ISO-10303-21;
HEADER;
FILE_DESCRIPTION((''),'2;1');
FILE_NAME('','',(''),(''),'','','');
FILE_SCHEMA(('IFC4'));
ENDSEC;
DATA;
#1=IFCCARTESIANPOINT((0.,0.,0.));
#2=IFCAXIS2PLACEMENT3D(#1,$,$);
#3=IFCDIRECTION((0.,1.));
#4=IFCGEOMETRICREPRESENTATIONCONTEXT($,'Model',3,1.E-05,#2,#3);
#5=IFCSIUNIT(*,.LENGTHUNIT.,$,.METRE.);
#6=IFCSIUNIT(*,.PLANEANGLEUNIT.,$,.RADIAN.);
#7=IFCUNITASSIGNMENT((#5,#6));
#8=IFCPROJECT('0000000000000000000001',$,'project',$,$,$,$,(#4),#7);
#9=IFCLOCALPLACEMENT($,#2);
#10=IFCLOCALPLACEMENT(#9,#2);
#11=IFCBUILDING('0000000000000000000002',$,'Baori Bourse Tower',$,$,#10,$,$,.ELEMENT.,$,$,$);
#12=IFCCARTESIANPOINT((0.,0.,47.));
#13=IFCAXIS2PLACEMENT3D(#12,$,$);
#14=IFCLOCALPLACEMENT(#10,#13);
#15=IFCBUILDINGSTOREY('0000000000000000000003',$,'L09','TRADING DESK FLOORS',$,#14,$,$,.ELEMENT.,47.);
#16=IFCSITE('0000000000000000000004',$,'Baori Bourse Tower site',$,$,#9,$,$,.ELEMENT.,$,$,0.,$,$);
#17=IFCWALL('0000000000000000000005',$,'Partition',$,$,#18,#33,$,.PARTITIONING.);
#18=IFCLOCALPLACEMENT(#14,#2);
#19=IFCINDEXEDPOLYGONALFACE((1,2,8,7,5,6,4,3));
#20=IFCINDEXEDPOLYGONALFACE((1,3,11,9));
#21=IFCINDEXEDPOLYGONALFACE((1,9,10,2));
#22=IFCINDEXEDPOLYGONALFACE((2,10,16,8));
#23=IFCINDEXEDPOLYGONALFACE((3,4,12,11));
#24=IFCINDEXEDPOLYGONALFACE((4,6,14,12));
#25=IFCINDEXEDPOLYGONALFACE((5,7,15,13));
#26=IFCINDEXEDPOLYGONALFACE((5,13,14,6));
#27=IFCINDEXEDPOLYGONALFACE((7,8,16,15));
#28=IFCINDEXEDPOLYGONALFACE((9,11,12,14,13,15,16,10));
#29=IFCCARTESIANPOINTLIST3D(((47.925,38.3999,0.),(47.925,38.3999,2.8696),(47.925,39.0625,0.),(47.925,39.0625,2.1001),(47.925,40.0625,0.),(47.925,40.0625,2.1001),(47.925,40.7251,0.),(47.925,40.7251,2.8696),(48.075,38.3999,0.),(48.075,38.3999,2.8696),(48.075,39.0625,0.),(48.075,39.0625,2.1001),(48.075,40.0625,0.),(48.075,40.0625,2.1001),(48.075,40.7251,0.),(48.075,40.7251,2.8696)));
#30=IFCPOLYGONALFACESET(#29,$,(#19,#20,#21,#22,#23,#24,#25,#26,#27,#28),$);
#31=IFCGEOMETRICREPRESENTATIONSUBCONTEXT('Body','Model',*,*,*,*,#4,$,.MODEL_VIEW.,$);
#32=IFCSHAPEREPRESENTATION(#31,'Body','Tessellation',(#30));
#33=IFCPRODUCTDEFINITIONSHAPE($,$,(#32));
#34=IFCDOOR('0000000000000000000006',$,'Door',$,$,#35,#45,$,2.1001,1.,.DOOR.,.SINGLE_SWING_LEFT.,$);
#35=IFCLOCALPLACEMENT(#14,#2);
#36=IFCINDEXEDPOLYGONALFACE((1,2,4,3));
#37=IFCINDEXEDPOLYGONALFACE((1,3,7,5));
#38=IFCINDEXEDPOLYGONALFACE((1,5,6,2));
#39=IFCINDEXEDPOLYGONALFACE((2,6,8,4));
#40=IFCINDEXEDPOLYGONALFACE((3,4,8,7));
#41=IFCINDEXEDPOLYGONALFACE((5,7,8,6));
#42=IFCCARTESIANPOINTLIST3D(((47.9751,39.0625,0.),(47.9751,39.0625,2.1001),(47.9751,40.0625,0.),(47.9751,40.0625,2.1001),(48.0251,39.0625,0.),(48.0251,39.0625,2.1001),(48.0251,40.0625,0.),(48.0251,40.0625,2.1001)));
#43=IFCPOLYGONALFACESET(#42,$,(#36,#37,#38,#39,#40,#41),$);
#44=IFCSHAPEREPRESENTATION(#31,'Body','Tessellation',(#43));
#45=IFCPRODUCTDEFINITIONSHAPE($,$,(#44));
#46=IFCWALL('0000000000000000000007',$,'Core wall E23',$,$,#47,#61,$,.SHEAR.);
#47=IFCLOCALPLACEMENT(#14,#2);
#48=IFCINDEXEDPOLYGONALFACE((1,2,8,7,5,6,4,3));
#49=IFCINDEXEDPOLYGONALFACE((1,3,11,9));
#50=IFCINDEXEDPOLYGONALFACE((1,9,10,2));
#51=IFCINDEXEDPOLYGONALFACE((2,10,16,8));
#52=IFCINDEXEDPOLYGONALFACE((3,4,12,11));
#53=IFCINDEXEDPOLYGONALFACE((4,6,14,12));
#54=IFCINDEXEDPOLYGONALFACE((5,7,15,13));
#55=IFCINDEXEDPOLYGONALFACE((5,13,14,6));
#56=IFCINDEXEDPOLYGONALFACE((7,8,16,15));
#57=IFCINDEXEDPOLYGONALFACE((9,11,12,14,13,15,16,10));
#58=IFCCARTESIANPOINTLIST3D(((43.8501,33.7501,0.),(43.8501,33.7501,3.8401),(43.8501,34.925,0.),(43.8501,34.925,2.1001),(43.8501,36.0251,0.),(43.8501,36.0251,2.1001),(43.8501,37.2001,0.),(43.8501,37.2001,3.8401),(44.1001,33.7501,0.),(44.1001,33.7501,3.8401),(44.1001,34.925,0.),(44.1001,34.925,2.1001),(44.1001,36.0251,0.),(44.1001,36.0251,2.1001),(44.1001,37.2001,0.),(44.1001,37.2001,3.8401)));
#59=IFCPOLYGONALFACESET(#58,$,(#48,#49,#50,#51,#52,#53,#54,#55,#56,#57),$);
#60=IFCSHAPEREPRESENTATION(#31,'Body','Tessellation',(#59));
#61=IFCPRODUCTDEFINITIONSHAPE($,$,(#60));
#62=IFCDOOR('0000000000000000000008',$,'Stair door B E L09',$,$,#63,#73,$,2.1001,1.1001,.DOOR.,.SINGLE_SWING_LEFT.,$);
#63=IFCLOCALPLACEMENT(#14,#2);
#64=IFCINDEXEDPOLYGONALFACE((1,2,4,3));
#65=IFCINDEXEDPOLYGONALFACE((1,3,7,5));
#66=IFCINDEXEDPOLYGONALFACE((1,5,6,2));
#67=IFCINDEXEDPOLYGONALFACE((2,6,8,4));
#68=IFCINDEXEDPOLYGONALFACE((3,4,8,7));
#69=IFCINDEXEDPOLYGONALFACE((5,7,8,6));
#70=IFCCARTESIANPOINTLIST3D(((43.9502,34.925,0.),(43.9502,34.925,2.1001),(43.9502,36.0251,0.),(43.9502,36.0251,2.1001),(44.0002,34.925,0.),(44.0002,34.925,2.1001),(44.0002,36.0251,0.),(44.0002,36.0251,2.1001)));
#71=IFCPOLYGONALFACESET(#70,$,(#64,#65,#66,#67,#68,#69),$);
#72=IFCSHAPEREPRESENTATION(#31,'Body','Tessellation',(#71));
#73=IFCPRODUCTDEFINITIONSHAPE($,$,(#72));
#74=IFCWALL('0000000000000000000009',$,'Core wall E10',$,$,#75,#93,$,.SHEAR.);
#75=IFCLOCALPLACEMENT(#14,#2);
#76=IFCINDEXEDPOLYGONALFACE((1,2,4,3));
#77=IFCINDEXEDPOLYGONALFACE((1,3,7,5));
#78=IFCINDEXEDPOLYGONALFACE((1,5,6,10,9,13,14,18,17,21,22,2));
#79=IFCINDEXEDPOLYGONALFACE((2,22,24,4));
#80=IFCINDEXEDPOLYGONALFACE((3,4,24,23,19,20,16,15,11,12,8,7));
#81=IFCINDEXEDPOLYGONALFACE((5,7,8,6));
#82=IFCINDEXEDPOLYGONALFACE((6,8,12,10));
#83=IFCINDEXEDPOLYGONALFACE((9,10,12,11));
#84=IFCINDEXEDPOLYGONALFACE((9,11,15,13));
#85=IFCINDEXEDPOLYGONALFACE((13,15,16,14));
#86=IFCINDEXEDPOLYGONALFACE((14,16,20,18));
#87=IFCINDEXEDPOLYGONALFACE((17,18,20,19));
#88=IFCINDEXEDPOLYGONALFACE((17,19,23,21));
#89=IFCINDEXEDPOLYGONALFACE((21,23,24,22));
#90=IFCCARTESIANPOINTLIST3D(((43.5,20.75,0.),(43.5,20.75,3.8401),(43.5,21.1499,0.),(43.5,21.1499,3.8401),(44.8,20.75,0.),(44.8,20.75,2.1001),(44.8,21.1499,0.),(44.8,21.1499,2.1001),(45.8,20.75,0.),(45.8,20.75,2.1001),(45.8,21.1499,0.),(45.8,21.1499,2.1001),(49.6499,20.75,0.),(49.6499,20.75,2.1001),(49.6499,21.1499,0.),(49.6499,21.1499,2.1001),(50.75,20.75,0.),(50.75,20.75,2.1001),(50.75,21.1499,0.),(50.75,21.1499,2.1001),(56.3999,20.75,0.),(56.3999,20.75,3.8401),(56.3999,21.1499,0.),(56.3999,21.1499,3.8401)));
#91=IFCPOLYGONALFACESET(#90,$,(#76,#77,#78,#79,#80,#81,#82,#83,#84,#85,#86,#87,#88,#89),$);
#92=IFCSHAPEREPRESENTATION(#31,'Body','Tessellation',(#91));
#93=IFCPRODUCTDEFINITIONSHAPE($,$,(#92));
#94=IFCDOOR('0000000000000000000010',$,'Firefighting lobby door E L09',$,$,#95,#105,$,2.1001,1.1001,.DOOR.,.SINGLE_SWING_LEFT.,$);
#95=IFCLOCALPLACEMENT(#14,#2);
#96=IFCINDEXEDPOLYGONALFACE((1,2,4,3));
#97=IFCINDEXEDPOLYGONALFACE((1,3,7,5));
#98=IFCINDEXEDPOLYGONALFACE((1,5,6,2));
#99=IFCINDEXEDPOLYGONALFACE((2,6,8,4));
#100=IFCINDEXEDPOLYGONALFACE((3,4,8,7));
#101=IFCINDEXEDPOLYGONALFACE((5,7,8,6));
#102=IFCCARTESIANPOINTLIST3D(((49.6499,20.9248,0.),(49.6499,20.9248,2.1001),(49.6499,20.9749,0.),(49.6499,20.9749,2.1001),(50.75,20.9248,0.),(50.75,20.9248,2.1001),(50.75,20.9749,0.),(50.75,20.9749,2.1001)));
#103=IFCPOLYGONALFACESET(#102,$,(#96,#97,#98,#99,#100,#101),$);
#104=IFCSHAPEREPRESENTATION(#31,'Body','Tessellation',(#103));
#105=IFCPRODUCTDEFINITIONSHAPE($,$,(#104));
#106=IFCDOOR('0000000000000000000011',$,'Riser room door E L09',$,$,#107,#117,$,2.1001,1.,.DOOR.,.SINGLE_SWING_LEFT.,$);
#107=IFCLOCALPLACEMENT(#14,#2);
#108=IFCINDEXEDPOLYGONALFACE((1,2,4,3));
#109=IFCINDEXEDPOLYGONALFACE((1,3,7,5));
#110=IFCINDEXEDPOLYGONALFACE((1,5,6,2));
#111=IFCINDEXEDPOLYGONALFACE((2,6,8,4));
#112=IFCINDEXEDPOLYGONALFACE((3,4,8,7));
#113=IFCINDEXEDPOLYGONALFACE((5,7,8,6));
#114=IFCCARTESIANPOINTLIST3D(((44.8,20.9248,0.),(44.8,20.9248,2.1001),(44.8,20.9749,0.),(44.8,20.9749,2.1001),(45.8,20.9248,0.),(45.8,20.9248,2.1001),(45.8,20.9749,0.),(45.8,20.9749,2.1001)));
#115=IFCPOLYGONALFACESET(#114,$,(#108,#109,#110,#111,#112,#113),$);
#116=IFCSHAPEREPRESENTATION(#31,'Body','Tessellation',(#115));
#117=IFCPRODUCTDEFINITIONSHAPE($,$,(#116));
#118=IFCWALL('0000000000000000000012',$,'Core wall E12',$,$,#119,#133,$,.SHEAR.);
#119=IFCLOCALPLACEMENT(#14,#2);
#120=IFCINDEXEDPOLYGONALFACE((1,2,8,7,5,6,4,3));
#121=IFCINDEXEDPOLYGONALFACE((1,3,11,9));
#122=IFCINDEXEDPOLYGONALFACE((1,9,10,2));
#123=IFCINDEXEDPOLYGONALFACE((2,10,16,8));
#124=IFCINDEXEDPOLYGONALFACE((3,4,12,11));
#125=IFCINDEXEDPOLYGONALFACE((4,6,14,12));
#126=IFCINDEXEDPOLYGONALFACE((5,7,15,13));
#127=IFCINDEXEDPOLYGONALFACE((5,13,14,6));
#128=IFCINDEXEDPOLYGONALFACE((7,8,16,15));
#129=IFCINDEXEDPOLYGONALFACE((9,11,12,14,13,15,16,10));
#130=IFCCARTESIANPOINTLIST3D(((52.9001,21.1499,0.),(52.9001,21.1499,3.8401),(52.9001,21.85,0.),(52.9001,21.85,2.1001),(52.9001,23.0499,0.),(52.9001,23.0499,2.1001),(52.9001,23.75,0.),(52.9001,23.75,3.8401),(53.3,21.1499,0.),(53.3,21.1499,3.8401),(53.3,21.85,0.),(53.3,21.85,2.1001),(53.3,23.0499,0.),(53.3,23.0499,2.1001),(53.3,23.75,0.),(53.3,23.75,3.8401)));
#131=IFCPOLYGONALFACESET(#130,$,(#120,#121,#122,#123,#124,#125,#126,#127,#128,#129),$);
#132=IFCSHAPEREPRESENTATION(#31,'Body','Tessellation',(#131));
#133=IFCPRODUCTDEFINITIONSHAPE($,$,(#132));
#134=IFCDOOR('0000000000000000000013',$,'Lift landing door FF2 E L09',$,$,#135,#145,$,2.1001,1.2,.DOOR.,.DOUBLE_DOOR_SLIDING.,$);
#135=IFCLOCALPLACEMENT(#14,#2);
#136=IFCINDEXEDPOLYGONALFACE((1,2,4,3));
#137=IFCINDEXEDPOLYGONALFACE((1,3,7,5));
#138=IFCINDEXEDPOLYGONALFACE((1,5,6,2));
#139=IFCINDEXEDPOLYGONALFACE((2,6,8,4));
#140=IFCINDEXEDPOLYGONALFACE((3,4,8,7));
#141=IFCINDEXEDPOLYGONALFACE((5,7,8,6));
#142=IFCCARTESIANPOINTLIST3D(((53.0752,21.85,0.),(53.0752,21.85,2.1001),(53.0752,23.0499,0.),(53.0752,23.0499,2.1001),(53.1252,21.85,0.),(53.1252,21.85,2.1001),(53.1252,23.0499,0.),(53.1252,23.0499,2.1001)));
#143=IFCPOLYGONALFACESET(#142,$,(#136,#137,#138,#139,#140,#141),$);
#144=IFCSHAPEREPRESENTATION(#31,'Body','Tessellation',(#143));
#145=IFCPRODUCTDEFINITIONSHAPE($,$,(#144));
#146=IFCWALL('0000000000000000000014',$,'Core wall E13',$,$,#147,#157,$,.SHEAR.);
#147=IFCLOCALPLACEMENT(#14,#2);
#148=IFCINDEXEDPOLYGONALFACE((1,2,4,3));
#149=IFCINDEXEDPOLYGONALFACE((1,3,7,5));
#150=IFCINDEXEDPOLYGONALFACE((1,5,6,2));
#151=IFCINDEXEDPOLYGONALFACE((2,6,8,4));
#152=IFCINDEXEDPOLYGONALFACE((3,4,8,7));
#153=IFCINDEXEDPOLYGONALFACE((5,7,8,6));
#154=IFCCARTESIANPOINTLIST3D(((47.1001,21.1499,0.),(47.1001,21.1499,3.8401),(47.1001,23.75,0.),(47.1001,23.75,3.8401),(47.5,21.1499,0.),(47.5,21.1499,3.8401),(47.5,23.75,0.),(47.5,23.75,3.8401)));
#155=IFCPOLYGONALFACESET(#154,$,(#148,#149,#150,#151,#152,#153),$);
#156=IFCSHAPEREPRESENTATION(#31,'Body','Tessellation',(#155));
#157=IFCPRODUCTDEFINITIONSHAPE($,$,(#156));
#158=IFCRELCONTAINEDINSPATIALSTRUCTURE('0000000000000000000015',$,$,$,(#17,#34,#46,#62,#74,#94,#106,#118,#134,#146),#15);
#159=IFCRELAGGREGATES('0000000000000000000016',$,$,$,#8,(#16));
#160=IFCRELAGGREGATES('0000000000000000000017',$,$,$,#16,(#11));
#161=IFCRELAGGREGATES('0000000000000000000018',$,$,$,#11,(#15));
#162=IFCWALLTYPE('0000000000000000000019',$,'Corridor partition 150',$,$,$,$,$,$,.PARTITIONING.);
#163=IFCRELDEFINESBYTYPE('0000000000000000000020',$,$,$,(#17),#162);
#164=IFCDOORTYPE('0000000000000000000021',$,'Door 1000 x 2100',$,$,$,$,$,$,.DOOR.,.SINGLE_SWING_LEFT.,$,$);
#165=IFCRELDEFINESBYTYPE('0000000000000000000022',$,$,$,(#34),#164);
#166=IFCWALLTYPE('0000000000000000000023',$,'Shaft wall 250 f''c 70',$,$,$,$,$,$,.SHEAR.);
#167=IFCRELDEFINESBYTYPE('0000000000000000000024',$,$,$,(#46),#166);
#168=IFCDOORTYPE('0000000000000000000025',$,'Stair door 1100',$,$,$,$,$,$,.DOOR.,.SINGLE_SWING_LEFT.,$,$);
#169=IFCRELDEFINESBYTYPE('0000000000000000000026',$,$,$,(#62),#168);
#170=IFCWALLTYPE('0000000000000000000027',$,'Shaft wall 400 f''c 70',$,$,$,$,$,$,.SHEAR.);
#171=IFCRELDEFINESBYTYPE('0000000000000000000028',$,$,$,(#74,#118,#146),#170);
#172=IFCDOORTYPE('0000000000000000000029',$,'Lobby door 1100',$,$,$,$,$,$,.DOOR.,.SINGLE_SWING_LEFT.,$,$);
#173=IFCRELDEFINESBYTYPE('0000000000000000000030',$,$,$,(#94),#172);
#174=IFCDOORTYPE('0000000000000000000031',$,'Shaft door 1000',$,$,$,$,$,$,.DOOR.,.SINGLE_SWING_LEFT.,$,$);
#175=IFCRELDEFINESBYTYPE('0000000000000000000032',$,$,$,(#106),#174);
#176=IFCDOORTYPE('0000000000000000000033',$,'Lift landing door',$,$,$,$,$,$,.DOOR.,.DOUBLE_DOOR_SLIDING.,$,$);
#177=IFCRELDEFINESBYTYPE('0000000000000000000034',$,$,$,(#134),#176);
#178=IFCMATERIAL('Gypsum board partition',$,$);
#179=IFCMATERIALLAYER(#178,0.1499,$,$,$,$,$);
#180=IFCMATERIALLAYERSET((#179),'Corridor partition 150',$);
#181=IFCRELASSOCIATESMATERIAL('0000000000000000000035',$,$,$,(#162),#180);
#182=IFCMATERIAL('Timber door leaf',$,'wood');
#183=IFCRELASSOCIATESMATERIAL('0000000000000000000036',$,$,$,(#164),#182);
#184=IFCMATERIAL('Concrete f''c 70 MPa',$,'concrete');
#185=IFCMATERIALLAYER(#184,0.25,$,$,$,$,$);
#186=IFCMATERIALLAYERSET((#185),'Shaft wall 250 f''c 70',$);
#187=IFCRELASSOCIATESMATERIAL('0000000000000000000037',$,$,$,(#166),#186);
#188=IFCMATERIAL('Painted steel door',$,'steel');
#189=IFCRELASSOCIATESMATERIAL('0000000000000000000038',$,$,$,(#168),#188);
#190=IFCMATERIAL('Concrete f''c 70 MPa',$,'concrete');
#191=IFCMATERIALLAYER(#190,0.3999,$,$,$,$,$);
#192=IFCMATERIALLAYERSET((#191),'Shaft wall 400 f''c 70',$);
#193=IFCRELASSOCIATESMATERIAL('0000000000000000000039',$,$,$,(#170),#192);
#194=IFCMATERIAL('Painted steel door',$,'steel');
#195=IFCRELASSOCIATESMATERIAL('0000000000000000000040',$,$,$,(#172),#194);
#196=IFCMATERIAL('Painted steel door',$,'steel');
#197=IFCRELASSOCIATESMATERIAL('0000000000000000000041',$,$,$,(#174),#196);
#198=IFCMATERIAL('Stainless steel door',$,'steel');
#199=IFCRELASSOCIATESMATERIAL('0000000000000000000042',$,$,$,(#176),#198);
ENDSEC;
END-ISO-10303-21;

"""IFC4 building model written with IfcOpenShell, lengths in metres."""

from ifc_helpers import new_model, si_unit, direction, frame, frame_2d, origin, place, context, subcontext, project, spatial, rectangle, extrude, material, layer, layer_set, type_object, element, fill, save


model = new_model("IFC4")

# Units and contexts
model_context = context("Model", 3, precision=1e-05, world=origin(), true_north=direction((0.0, 1.0)))
body_context = subcontext(model_context, "Body", "Model", "MODEL_VIEW")
ifc_project = project(units=[si_unit("LENGTHUNIT", "METRE"), si_unit("PLANEANGLEUNIT", "RADIAN")], contexts=[model_context])

# Site, building, storey
site_placement = place(None, origin())
site = spatial("IfcSite", under=ifc_project, at=site_placement, Name="Baori Bourse Tower site", CompositionType="ELEMENT", RefElevation=0.0)
building_placement = place(site_placement, origin())
building = spatial("IfcBuilding", under=site, at=building_placement, Name="Baori Bourse Tower", CompositionType="ELEMENT")
storey_placement = place(building_placement, frame((0.0, 0.0, 47.0)))
storey = spatial("IfcBuildingStorey", under=building, at=storey_placement, Name="L09", Description="TRADING DESK FLOORS", CompositionType="ELEMENT", Elevation=47.0)

# Walls, openings, doors
ifc_material_1 = material(Name="Gypsum board partition")
ifc_layer_1 = layer(ifc_material_1, 0.1499)
ifc_layer_set_1 = layer_set([ifc_layer_1], Name="Corridor partition 150")
wall_type_1 = type_object("IfcWallType", Name="Corridor partition 150", PredefinedType="PARTITIONING", material=ifc_layer_set_1)
wall_1_placement = place(storey_placement, frame((48.0, 38.3999, 0.0), z_axis=(0.0, 0.0, 1.0), x_axis=(0.0, 1.0, 0.0)))
wall_1 = element("IfcWall", 1, at=wall_1_placement, inside=storey, type_object=wall_type_1, Name="Partition", PredefinedType="PARTITIONING", context=body_context, shape_type="SweptSolid", body=[
    extrude(rectangle(XDim=2.3252, YDim=0.1499, at=frame_2d((1.1626, 0.0))), origin(), (0.0, 0.0, 1.0), 2.8696),
])
opening_1_placement = place(wall_1_placement, frame((0.6626, 0.0, 0.0)))
opening_1 = element("IfcOpeningElement", 2, at=opening_1_placement, cuts=wall_1, PredefinedType="OPENING", context=body_context, shape_type="SweptSolid", body=[
    extrude(rectangle(XDim=1.0, YDim=2.1001, at=frame_2d((0.5, 1.05))), frame((0.0, 0.085, 0.0), z_axis=(0.0, -1.0, 0.0), x_axis=(1.0, 0.0, 0.0)), (0.0, 0.0, 1.0), 0.1699),
])
ifc_material_2 = material(Name="Timber door leaf", Category="wood")
door_type_1 = type_object("IfcDoorType", Name="Door 1000 x 2100", OperationType="SINGLE_SWING_LEFT", PredefinedType="DOOR", material=ifc_material_2)
door_1_placement = place(opening_1_placement, origin())
door_1 = element("IfcDoor", 3, at=door_1_placement, inside=storey, type_object=door_type_1, Name="Door", OperationType="SINGLE_SWING_LEFT", OverallHeight=2.1001, OverallWidth=1.0, PredefinedType="DOOR", context=body_context, shape_type="SweptSolid", body=[
    extrude(rectangle(XDim=1.0, YDim=2.1001, at=frame_2d((0.5, 1.05))), frame((0.0, 0.0249, 0.0), z_axis=(0.0, -1.0, 0.0), x_axis=(1.0, 0.0, 0.0)), (0.0, 0.0, 1.0), 0.05),
])
fill(opening_1, door_1)
ifc_material_3 = material(Name="Concrete f'c 70 MPa", Category="concrete")
ifc_layer_2 = layer(ifc_material_3, 0.25)
ifc_layer_set_2 = layer_set([ifc_layer_2], Name="Shaft wall 250 f'c 70")
wall_type_2 = type_object("IfcWallType", Name="Shaft wall 250 f'c 70", PredefinedType="SHEAR", material=ifc_layer_set_2)
wall_2_placement = place(storey_placement, frame((43.9751, 33.75, 0.0), z_axis=(0.0, 0.0, 1.0), x_axis=(0.0, 1.0, 0.0)))
wall_2 = element("IfcWall", 4, at=wall_2_placement, inside=storey, type_object=wall_type_2, Name="Core wall E23", PredefinedType="SHEAR", context=body_context, shape_type="SweptSolid", body=[
    extrude(rectangle(XDim=3.45, YDim=0.25, at=frame_2d((1.7251, 0.0))), origin(), (0.0, 0.0, 1.0), 3.8401),
])
opening_2_placement = place(wall_2_placement, frame((1.175, 0.0, 0.0)))
opening_2 = element("IfcOpeningElement", 5, at=opening_2_placement, cuts=wall_2, PredefinedType="OPENING", context=body_context, shape_type="SweptSolid", body=[
    extrude(rectangle(XDim=1.1001, YDim=2.1001, at=frame_2d((0.55, 1.05))), frame((0.0, 0.135, 0.0), z_axis=(0.0, -1.0, 0.0), x_axis=(1.0, 0.0, 0.0)), (0.0, 0.0, 1.0), 0.27),
])
ifc_material_4 = material(Name="Painted steel door", Category="steel")
door_type_2 = type_object("IfcDoorType", Name="Stair door 1100", OperationType="SINGLE_SWING_LEFT", PredefinedType="DOOR", material=ifc_material_4)
door_2_placement = place(opening_2_placement, origin())
door_2 = element("IfcDoor", 6, at=door_2_placement, inside=storey, type_object=door_type_2, Name="Stair door B E L09", OperationType="SINGLE_SWING_LEFT", OverallHeight=2.1001, OverallWidth=1.1001, PredefinedType="DOOR", context=body_context, shape_type="SweptSolid", body=[
    extrude(rectangle(XDim=1.1001, YDim=2.1001, at=frame_2d((0.55, 1.05))), frame((0.0, 0.0249, 0.0), z_axis=(0.0, -1.0, 0.0), x_axis=(1.0, 0.0, 0.0)), (0.0, 0.0, 1.0), 0.05),
])
fill(opening_2, door_2)

# Wall, openings, doors
ifc_material_5 = material(Name="Concrete f'c 70 MPa", Category="concrete")
ifc_layer_3 = layer(ifc_material_5, 0.3999)
ifc_layer_set_3 = layer_set([ifc_layer_3], Name="Shaft wall 400 f'c 70")
wall_type_3 = type_object("IfcWallType", Name="Shaft wall 400 f'c 70", PredefinedType="SHEAR", material=ifc_layer_set_3)
wall_3_placement = place(storey_placement, frame((43.5, 20.95, 0.0), z_axis=(0.0, 0.0, 1.0), x_axis=(1.0, 0.0, 0.0)))
wall_3 = element("IfcWall", 7, at=wall_3_placement, inside=storey, type_object=wall_type_3, Name="Core wall E10", PredefinedType="SHEAR", context=body_context, shape_type="SweptSolid", body=[
    extrude(rectangle(XDim=12.8999, YDim=0.3999, at=frame_2d((6.45, 0.0))), origin(), (0.0, 0.0, 1.0), 3.8401),
])
opening_3_placement = place(wall_3_placement, frame((6.1499, 0.0, 0.0)))
opening_3 = element("IfcOpeningElement", 8, at=opening_3_placement, cuts=wall_3, PredefinedType="OPENING", context=body_context, shape_type="SweptSolid", body=[
    extrude(rectangle(XDim=1.1001, YDim=2.1001, at=frame_2d((0.55, 1.05))), frame((0.0, 0.21, 0.0), z_axis=(0.0, -1.0, 0.0), x_axis=(1.0, 0.0, 0.0)), (0.0, 0.0, 1.0), 0.4199),
])
opening_4_placement = place(wall_3_placement, frame((1.3, 0.0, 0.0)))
opening_4 = element("IfcOpeningElement", 9, at=opening_4_placement, cuts=wall_3, PredefinedType="OPENING", context=body_context, shape_type="SweptSolid", body=[
    extrude(rectangle(XDim=1.0, YDim=2.1001, at=frame_2d((0.5, 1.05))), frame((0.0, 0.21, 0.0), z_axis=(0.0, -1.0, 0.0), x_axis=(1.0, 0.0, 0.0)), (0.0, 0.0, 1.0), 0.4199),
])
ifc_material_6 = material(Name="Painted steel door", Category="steel")
door_type_3 = type_object("IfcDoorType", Name="Lobby door 1100", OperationType="SINGLE_SWING_LEFT", PredefinedType="DOOR", material=ifc_material_6)
door_3_placement = place(opening_3_placement, origin())
door_3 = element("IfcDoor", 10, at=door_3_placement, inside=storey, type_object=door_type_3, Name="Firefighting lobby door E L09", OperationType="SINGLE_SWING_LEFT", OverallHeight=2.1001, OverallWidth=1.1001, PredefinedType="DOOR", context=body_context, shape_type="SweptSolid", body=[
    extrude(rectangle(XDim=1.1001, YDim=2.1001, at=frame_2d((0.55, 1.05))), frame((0.0, 0.0249, 0.0), z_axis=(0.0, -1.0, 0.0), x_axis=(1.0, 0.0, 0.0)), (0.0, 0.0, 1.0), 0.05),
])
fill(opening_3, door_3)
ifc_material_7 = material(Name="Painted steel door", Category="steel")
door_type_4 = type_object("IfcDoorType", Name="Shaft door 1000", OperationType="SINGLE_SWING_LEFT", PredefinedType="DOOR", material=ifc_material_7)
door_4_placement = place(opening_4_placement, origin())
door_4 = element("IfcDoor", 11, at=door_4_placement, inside=storey, type_object=door_type_4, Name="Riser room door E L09", OperationType="SINGLE_SWING_LEFT", OverallHeight=2.1001, OverallWidth=1.0, PredefinedType="DOOR", context=body_context, shape_type="SweptSolid", body=[
    extrude(rectangle(XDim=1.0, YDim=2.1001, at=frame_2d((0.5, 1.05))), frame((0.0, 0.0249, 0.0), z_axis=(0.0, -1.0, 0.0), x_axis=(1.0, 0.0, 0.0)), (0.0, 0.0, 1.0), 0.05),
])
fill(opening_4, door_4)

# Wall, opening, door
wall_4_placement = place(storey_placement, frame((53.1001, 21.1499, 0.0), z_axis=(0.0, 0.0, 1.0), x_axis=(0.0, 1.0, 0.0)))
wall_4 = element("IfcWall", 12, at=wall_4_placement, inside=storey, type_object=wall_type_3, Name="Core wall E12", PredefinedType="SHEAR", context=body_context, shape_type="SweptSolid", body=[
    extrude(rectangle(XDim=2.6001, YDim=0.3999, at=frame_2d((1.3, 0.0))), origin(), (0.0, 0.0, 1.0), 3.8401),
])
opening_5_placement = place(wall_4_placement, frame((0.7, 0.0, 0.0)))
opening_5 = element("IfcOpeningElement", 13, at=opening_5_placement, cuts=wall_4, PredefinedType="OPENING", context=body_context, shape_type="SweptSolid", body=[
    extrude(rectangle(XDim=1.2, YDim=2.1001, at=frame_2d((0.6001, 1.05))), frame((0.0, 0.21, 0.0), z_axis=(0.0, -1.0, 0.0), x_axis=(1.0, 0.0, 0.0)), (0.0, 0.0, 1.0), 0.4199),
])
ifc_material_8 = material(Name="Stainless steel door", Category="steel")
door_type_5 = type_object("IfcDoorType", Name="Lift landing door", OperationType="DOUBLE_DOOR_SLIDING", PredefinedType="DOOR", material=ifc_material_8)
door_5_placement = place(opening_5_placement, origin())
door_5 = element("IfcDoor", 14, at=door_5_placement, inside=storey, type_object=door_type_5, Name="Lift landing door FF2 E L09", OperationType="DOUBLE_DOOR_SLIDING", OverallHeight=2.1001, OverallWidth=1.2, PredefinedType="DOOR", context=body_context, shape_type="SweptSolid", body=[
    extrude(rectangle(XDim=1.2, YDim=2.1001, at=frame_2d((0.6001, 1.05))), frame((0.0, 0.0249, 0.0), z_axis=(0.0, -1.0, 0.0), x_axis=(1.0, 0.0, 0.0)), (0.0, 0.0, 1.0), 0.05),
])
fill(opening_5, door_5)

# Wall
wall_5_placement = place(storey_placement, frame((47.3, 21.1499, 0.0), z_axis=(0.0, 0.0, 1.0), x_axis=(0.0, 1.0, 0.0)))
element("IfcWall", 15, at=wall_5_placement, inside=storey, type_object=wall_type_3, Name="Core wall E13", PredefinedType="SHEAR", context=body_context, shape_type="SweptSolid", body=[
    extrude(rectangle(XDim=2.6001, YDim=0.3999, at=frame_2d((1.3, 0.0))), origin(), (0.0, 0.0, 1.0), 3.8401),
])

save(model, "model.ifc")
